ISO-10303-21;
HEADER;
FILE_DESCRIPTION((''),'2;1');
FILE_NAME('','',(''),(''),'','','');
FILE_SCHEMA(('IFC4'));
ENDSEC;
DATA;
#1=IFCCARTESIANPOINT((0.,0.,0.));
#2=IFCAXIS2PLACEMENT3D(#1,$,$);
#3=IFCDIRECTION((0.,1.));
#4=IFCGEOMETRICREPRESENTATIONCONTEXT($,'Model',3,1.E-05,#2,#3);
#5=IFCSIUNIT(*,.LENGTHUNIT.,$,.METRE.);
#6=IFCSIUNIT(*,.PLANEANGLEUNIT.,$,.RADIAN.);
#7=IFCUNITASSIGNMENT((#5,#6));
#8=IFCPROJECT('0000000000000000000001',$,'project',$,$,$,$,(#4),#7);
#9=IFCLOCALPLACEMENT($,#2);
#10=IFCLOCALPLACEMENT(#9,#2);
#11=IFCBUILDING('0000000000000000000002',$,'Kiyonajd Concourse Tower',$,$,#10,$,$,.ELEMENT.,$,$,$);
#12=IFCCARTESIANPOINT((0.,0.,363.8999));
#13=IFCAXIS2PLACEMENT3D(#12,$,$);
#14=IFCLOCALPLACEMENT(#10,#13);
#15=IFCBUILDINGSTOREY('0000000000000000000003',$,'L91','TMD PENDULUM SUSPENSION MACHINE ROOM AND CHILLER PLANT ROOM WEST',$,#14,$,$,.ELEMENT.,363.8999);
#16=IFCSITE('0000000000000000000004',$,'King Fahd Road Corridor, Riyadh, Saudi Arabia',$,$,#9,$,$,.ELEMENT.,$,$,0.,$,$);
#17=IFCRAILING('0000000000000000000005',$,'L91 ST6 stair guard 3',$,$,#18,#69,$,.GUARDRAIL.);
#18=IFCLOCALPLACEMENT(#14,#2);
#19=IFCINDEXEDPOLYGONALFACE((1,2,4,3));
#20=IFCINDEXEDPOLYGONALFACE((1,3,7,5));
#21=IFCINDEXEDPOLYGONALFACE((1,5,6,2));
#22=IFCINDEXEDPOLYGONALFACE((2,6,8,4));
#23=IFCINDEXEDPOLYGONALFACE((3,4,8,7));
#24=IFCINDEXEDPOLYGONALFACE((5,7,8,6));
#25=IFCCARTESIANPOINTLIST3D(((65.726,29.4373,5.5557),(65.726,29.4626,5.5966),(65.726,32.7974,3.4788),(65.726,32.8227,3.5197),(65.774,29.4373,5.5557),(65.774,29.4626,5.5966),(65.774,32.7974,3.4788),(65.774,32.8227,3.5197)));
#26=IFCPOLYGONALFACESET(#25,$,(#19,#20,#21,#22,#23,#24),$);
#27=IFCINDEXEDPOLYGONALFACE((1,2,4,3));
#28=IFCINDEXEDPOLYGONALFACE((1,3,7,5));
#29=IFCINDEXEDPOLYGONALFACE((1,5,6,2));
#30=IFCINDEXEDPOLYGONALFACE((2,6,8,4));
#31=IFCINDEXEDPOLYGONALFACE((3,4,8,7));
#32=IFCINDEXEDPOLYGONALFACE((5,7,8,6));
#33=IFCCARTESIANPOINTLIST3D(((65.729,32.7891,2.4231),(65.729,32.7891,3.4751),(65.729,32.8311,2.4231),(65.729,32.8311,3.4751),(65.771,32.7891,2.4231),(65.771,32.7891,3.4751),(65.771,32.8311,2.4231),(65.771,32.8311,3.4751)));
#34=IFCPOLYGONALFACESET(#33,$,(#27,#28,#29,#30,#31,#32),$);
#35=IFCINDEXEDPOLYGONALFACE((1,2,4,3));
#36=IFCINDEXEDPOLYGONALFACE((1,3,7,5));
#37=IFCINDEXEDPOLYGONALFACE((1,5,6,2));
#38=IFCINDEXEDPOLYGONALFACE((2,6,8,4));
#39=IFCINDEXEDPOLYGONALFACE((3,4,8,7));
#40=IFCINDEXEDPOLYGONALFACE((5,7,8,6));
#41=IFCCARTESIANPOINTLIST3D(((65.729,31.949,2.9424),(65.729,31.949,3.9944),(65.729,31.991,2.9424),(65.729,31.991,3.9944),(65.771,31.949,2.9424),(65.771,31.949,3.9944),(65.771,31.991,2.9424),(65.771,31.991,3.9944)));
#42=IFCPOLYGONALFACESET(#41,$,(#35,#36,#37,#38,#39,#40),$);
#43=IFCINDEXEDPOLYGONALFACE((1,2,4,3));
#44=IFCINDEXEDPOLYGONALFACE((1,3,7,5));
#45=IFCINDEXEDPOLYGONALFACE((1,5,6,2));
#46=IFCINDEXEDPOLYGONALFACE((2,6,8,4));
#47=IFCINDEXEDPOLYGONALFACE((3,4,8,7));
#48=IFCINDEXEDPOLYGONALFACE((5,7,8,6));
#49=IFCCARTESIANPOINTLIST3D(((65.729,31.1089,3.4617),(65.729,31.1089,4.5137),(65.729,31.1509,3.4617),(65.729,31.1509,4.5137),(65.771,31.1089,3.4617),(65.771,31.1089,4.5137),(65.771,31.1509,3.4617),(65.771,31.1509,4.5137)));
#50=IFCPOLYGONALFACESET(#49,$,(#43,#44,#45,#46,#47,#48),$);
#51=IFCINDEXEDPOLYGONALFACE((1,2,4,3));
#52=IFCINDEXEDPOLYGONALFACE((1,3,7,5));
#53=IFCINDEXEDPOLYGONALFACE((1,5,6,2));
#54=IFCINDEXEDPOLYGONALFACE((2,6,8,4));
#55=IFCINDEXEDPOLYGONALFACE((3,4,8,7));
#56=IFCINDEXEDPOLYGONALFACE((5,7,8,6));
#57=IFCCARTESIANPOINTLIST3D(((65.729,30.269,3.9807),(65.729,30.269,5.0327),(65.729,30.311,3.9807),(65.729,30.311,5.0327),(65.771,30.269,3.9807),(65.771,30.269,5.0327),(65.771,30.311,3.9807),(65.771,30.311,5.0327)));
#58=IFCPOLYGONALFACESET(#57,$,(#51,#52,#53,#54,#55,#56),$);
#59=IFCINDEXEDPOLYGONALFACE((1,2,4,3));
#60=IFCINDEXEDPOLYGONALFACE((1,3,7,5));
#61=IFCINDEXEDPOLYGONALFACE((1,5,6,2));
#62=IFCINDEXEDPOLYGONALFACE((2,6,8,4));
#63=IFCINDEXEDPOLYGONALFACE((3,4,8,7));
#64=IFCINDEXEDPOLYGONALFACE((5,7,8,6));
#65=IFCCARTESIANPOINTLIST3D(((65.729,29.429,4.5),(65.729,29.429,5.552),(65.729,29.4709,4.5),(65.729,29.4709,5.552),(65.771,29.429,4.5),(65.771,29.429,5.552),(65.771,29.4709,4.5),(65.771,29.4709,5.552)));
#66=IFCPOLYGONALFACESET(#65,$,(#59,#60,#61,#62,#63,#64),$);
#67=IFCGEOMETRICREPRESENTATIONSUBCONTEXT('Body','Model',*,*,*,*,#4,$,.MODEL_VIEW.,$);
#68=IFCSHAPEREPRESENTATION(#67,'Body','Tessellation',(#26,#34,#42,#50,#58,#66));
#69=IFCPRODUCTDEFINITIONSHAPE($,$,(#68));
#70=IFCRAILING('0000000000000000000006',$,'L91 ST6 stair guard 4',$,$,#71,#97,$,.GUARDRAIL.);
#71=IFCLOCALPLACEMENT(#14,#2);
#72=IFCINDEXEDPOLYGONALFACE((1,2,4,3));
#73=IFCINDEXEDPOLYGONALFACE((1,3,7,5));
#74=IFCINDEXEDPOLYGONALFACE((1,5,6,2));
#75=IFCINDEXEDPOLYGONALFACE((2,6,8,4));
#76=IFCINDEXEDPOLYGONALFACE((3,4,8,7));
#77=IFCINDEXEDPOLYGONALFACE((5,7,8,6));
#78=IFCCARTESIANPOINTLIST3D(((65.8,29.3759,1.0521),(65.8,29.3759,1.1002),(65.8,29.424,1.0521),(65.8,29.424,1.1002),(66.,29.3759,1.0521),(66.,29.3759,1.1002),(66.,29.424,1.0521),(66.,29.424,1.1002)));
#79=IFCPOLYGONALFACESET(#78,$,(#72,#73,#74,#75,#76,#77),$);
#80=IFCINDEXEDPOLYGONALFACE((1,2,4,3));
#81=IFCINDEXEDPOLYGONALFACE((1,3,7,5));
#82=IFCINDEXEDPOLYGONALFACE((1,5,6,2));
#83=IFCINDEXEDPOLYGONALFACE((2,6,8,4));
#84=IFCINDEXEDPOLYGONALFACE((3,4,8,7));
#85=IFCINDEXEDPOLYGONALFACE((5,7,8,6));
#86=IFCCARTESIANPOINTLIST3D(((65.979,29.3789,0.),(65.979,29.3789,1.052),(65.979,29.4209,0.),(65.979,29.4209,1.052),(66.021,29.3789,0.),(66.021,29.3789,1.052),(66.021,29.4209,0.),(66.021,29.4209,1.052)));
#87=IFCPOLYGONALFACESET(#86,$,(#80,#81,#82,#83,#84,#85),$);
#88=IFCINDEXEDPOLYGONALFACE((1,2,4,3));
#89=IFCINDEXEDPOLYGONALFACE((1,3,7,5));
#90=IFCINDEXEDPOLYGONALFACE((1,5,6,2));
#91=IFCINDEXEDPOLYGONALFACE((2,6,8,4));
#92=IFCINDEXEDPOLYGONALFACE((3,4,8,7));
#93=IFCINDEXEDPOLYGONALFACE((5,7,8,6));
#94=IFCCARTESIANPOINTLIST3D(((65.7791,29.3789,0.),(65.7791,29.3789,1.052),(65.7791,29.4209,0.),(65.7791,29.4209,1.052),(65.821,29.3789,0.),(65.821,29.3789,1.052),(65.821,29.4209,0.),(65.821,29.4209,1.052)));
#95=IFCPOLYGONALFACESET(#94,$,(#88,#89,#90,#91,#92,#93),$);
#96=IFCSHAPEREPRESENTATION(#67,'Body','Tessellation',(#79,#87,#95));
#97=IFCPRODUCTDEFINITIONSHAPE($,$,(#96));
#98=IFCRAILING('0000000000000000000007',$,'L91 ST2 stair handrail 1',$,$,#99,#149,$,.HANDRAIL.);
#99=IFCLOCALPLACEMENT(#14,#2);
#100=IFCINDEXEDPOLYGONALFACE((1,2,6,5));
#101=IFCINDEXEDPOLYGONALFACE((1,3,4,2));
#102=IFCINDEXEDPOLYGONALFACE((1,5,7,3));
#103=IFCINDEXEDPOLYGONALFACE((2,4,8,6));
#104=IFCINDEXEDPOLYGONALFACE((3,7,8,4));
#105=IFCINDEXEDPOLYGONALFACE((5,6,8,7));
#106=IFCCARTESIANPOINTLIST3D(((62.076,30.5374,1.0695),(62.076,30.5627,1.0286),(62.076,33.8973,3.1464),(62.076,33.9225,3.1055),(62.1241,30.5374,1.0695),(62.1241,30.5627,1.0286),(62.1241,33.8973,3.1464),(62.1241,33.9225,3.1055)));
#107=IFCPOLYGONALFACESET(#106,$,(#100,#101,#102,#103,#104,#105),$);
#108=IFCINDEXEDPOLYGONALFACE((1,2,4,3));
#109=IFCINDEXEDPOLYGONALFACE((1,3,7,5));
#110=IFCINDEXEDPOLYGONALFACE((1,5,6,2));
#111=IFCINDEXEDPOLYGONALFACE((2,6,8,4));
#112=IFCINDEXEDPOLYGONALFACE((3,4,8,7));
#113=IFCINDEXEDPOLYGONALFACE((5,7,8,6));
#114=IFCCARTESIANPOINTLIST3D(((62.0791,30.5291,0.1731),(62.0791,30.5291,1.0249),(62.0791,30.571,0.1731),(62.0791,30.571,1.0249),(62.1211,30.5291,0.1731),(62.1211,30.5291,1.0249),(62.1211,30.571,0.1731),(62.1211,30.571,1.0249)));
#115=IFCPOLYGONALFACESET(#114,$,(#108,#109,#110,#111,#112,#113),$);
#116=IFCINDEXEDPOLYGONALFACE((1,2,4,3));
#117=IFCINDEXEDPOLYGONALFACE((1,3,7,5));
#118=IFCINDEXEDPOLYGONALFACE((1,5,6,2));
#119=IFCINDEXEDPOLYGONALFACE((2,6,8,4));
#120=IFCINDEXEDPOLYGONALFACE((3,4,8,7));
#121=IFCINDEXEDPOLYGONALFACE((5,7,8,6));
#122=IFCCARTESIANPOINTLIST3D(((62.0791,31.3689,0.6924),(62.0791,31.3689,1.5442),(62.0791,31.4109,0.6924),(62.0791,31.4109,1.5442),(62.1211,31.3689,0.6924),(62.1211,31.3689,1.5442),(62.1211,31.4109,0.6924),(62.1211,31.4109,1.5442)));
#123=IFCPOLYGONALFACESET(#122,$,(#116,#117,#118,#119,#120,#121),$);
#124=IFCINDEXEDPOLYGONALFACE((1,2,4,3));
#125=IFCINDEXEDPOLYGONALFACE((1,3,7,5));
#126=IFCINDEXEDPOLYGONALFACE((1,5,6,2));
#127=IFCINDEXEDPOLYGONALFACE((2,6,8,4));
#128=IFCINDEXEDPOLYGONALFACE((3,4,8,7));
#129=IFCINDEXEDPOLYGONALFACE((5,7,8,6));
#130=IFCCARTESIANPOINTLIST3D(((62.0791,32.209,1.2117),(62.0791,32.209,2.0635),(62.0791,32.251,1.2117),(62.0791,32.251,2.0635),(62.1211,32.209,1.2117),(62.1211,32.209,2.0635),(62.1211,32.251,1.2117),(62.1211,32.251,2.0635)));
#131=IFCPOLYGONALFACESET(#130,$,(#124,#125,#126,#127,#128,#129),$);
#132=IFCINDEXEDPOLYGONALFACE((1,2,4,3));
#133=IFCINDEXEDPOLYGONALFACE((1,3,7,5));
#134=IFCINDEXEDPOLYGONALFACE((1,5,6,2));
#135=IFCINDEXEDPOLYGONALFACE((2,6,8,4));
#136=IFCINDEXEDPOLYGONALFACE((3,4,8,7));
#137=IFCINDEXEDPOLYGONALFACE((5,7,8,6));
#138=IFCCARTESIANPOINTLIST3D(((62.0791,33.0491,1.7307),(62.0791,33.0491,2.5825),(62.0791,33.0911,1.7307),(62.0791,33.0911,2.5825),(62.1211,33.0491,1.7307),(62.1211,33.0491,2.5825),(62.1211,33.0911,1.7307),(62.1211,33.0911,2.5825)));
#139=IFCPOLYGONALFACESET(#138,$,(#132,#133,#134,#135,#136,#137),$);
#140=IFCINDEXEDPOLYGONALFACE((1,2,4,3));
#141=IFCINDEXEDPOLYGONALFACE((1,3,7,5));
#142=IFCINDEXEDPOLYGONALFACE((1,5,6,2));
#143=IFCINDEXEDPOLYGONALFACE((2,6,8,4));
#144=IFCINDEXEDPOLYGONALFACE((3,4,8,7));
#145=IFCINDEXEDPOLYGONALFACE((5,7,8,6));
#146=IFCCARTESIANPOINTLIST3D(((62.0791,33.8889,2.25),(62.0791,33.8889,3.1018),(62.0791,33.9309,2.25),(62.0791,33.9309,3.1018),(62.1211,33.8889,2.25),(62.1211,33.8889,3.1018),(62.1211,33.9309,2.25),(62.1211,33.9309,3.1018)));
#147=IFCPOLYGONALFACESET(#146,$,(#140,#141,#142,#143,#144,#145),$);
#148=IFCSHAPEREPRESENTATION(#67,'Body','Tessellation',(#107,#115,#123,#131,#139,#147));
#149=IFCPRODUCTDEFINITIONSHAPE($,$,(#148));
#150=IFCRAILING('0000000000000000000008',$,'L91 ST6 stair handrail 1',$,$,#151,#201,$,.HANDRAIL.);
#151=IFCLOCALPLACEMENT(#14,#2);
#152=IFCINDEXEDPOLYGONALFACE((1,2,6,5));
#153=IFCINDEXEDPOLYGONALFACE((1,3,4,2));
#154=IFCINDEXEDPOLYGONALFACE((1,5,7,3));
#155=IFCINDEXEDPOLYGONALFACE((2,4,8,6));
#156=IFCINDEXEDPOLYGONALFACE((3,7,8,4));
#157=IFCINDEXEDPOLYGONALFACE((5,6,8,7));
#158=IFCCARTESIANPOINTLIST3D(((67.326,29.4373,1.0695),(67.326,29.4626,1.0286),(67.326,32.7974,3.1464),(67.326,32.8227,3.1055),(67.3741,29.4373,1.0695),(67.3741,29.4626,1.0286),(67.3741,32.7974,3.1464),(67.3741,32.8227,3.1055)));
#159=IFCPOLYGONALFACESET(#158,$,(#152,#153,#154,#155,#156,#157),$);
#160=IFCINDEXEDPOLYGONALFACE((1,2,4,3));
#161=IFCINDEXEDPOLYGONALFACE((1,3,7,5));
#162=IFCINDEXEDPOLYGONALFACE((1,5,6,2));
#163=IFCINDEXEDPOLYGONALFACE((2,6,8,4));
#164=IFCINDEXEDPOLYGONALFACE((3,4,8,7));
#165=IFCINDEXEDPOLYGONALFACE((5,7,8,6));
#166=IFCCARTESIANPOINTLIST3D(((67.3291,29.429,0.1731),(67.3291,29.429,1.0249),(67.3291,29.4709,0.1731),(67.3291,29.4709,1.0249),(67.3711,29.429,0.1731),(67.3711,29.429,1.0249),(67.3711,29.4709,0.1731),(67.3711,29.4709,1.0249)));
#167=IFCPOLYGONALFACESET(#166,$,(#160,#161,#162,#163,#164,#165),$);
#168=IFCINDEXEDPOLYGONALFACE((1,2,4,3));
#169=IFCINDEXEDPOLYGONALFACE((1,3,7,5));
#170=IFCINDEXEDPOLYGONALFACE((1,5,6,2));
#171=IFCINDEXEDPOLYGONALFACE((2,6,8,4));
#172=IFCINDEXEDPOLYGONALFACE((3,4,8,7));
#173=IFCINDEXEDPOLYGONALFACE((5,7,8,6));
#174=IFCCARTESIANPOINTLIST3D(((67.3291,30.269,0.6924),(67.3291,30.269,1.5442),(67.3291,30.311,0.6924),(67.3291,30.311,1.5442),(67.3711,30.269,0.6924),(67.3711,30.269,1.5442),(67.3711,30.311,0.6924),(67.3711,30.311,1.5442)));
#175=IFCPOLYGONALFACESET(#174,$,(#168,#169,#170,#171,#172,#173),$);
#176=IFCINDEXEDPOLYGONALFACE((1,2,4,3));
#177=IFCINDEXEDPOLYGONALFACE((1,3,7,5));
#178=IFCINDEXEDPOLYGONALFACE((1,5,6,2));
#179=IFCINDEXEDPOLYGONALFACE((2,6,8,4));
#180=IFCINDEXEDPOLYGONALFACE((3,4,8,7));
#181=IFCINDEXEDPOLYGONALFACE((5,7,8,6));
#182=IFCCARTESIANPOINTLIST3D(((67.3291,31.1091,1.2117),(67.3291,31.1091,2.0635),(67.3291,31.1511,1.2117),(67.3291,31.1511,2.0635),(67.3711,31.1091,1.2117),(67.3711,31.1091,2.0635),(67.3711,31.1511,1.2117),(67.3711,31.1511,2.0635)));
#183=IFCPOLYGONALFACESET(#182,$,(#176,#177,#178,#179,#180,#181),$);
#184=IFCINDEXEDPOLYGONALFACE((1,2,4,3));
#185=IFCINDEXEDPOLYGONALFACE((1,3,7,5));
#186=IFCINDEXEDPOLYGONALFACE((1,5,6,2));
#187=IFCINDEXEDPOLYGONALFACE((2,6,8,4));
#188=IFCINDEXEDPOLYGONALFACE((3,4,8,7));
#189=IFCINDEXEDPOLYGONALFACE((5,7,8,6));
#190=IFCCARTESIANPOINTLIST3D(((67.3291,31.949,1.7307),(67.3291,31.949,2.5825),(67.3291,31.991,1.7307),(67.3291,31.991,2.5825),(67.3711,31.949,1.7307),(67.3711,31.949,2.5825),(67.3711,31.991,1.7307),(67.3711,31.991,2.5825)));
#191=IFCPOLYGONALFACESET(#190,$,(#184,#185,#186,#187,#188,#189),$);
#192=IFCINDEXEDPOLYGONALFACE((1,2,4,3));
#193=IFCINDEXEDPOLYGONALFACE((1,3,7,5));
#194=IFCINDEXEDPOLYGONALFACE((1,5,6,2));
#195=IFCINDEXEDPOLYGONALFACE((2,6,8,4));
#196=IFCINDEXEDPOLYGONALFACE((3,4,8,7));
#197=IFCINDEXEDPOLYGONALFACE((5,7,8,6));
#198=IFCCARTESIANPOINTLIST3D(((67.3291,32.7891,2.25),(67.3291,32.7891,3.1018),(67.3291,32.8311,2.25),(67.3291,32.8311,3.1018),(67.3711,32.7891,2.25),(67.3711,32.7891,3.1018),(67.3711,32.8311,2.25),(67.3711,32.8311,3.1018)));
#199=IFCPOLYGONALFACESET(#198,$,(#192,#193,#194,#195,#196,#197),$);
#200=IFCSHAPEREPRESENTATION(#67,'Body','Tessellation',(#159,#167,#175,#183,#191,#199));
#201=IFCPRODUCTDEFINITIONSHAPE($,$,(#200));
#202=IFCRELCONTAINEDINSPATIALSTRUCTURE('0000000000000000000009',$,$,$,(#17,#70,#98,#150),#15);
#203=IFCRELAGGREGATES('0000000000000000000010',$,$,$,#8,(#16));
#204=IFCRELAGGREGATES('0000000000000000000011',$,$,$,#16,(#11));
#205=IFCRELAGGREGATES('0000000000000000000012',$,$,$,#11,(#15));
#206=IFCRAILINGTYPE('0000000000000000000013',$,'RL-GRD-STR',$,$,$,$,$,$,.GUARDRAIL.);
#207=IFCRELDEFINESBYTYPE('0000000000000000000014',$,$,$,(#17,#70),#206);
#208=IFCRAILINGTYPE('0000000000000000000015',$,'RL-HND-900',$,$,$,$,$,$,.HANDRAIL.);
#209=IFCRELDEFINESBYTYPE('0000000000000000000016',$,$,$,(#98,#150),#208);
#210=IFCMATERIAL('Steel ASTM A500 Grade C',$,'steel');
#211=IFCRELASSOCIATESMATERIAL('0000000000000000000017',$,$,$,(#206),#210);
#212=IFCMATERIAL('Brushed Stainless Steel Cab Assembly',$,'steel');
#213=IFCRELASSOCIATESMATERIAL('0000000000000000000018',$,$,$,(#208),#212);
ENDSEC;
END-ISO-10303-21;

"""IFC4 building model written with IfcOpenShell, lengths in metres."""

from ifc_helpers import new_model, si_unit, direction, frame, origin, origin_2d, place, context, subcontext, project, spatial, rectangle, extrude, material, type_object, element, save


model = new_model("IFC4")

# Units and contexts
model_context = context("Model", 3, precision=1e-05, world=origin(), true_north=direction((0.0, 1.0)))
body_context = subcontext(model_context, "Body", "Model", "MODEL_VIEW")
ifc_project = project(units=[si_unit("LENGTHUNIT", "METRE"), si_unit("PLANEANGLEUNIT", "RADIAN")], contexts=[model_context])

# Site, building, storey
site_placement = place(None, origin())
site = spatial("IfcSite", under=ifc_project, at=site_placement, Name="King Fahd Road Corridor, Riyadh, Saudi Arabia", CompositionType="ELEMENT", RefElevation=0.0)
building_placement = place(site_placement, origin())
building = spatial("IfcBuilding", under=site, at=building_placement, Name="Kiyonajd Concourse Tower", CompositionType="ELEMENT")
storey_placement = place(building_placement, frame((0.0, 0.0, 363.8999)))
storey = spatial("IfcBuildingStorey", under=building, at=storey_placement, Name="L91", Description="TMD PENDULUM SUSPENSION MACHINE ROOM AND CHILLER PLANT ROOM WEST", CompositionType="ELEMENT", Elevation=363.8999)

# Shared definitions
ifc_material_1 = material(Name="Steel ASTM A500 Grade C", Category="steel")

# Shared definitions
ifc_material_2 = material(Name="Brushed Stainless Steel Cab Assembly", Category="steel")

# Railings
railing_type_1 = type_object("IfcRailingType", Name="RL-GRD-STR", PredefinedType="GUARDRAIL", material=ifc_material_1)
railing_1_placement = place(storey_placement, frame((65.75, 32.8101, 2.4231)))
element("IfcRailing", 1, at=railing_1_placement, inside=storey, type_object=railing_type_1, Name="L91 ST6 stair guard 3", PredefinedType="GUARDRAIL", context=body_context, shape_type="SweptSolid", body=[
    extrude(rectangle(XDim=0.0481, YDim=0.0481, at=origin_2d()), frame((0.0, 0.0, 1.0762), z_axis=(0.0, -0.850623, 0.525776), x_axis=(1.0, 0.0, 0.0)), (0.0, 0.0, 1.0), 3.9502),
    extrude(rectangle(XDim=0.042, YDim=0.042, at=origin_2d()), origin(), (0.0, 0.0, 1.0), 1.052),
    extrude(rectangle(XDim=0.042, YDim=0.042, at=origin_2d()), frame((0.0, -0.8401, 0.5193)), (0.0, 0.0, 1.0), 1.052),
    extrude(rectangle(XDim=0.042, YDim=0.042, at=origin_2d()), frame((0.0, -1.6802, 1.0386)), (0.0, 0.0, 1.0), 1.052),
    extrude(rectangle(XDim=0.042, YDim=0.042, at=origin_2d()), frame((0.0, -2.52, 1.5576)), (0.0, 0.0, 1.0), 1.052),
    extrude(rectangle(XDim=0.042, YDim=0.042, at=origin_2d()), frame((0.0, -3.3601, 2.0769)), (0.0, 0.0, 1.0), 1.052),
])
railing_2_placement = place(storey_placement, frame((66.0, 29.3999, 0.0)))
element("IfcRailing", 2, at=railing_2_placement, inside=storey, type_object=railing_type_1, Name="L91 ST6 stair guard 4", PredefinedType="GUARDRAIL", context=body_context, shape_type="SweptSolid", body=[
    extrude(rectangle(XDim=0.0481, YDim=0.0481, at=origin_2d()), frame((0.0, 0.0, 1.0762), z_axis=(-1.0, 0.0, 0.0), x_axis=(0.0, -1.0, 0.0)), (0.0, 0.0, 1.0), 0.2),
    extrude(rectangle(XDim=0.042, YDim=0.042, at=origin_2d()), origin(), (0.0, 0.0, 1.0), 1.052),
    extrude(rectangle(XDim=0.042, YDim=0.042, at=origin_2d()), frame((-0.2, 0.0, 0.0)), (0.0, 0.0, 1.0), 1.052),
])
railing_type_2 = type_object("IfcRailingType", Name="RL-HND-900", PredefinedType="HANDRAIL", material=ifc_material_2)
railing_3_placement = place(storey_placement, frame((62.1001, 30.55, 0.1731)))
element("IfcRailing", 3, at=railing_3_placement, inside=storey, type_object=railing_type_2, Name="L91 ST2 stair handrail 1", PredefinedType="HANDRAIL", context=body_context, shape_type="SweptSolid", body=[
    extrude(rectangle(XDim=0.0481, YDim=0.0481, at=origin_2d()), frame((0.0, 0.0, 0.876), z_axis=(0.0, 0.850606, 0.525803), x_axis=(-1.0, 0.0, 0.0)), (0.0, 0.0, 1.0), 3.95),
    extrude(rectangle(XDim=0.042, YDim=0.042, at=origin_2d()), origin(), (0.0, 0.0, 1.0), 0.8518),
    extrude(rectangle(XDim=0.042, YDim=0.042, at=origin_2d()), frame((0.0, 0.8398, 0.5193)), (0.0, 0.0, 1.0), 0.8518),
    extrude(rectangle(XDim=0.042, YDim=0.042, at=origin_2d()), frame((0.0, 1.6799, 1.0386)), (0.0, 0.0, 1.0), 0.8518),
    extrude(rectangle(XDim=0.042, YDim=0.042, at=origin_2d()), frame((0.0, 2.52, 1.5576)), (0.0, 0.0, 1.0), 0.8518),
    extrude(rectangle(XDim=0.042, YDim=0.042, at=origin_2d()), frame((0.0, 3.3599, 2.0769)), (0.0, 0.0, 1.0), 0.8518),
])
railing_4_placement = place(storey_placement, frame((67.3501, 29.45, 0.1731)))
element("IfcRailing", 4, at=railing_4_placement, inside=storey, type_object=railing_type_2, Name="L91 ST6 stair handrail 1", PredefinedType="HANDRAIL", context=body_context, shape_type="SweptSolid", body=[
    extrude(rectangle(XDim=0.0481, YDim=0.0481, at=origin_2d()), frame((0.0, 0.0, 0.876), z_axis=(0.0, 0.850623, 0.525776), x_axis=(-1.0, 0.0, 0.0)), (0.0, 0.0, 1.0), 3.9502),
    extrude(rectangle(XDim=0.042, YDim=0.042, at=origin_2d()), origin(), (0.0, 0.0, 1.0), 0.8518),
    extrude(rectangle(XDim=0.042, YDim=0.042, at=origin_2d()), frame((0.0, 0.8401, 0.5193)), (0.0, 0.0, 1.0), 0.8518),
    extrude(rectangle(XDim=0.042, YDim=0.042, at=origin_2d()), frame((0.0, 1.6802, 1.0386)), (0.0, 0.0, 1.0), 0.8518),
    extrude(rectangle(XDim=0.042, YDim=0.042, at=origin_2d()), frame((0.0, 2.52, 1.5576)), (0.0, 0.0, 1.0), 0.8518),
    extrude(rectangle(XDim=0.042, YDim=0.042, at=origin_2d()), frame((0.0, 3.3601, 2.0769)), (0.0, 0.0, 1.0), 0.8518),
])

save(model, "model.ifc")
